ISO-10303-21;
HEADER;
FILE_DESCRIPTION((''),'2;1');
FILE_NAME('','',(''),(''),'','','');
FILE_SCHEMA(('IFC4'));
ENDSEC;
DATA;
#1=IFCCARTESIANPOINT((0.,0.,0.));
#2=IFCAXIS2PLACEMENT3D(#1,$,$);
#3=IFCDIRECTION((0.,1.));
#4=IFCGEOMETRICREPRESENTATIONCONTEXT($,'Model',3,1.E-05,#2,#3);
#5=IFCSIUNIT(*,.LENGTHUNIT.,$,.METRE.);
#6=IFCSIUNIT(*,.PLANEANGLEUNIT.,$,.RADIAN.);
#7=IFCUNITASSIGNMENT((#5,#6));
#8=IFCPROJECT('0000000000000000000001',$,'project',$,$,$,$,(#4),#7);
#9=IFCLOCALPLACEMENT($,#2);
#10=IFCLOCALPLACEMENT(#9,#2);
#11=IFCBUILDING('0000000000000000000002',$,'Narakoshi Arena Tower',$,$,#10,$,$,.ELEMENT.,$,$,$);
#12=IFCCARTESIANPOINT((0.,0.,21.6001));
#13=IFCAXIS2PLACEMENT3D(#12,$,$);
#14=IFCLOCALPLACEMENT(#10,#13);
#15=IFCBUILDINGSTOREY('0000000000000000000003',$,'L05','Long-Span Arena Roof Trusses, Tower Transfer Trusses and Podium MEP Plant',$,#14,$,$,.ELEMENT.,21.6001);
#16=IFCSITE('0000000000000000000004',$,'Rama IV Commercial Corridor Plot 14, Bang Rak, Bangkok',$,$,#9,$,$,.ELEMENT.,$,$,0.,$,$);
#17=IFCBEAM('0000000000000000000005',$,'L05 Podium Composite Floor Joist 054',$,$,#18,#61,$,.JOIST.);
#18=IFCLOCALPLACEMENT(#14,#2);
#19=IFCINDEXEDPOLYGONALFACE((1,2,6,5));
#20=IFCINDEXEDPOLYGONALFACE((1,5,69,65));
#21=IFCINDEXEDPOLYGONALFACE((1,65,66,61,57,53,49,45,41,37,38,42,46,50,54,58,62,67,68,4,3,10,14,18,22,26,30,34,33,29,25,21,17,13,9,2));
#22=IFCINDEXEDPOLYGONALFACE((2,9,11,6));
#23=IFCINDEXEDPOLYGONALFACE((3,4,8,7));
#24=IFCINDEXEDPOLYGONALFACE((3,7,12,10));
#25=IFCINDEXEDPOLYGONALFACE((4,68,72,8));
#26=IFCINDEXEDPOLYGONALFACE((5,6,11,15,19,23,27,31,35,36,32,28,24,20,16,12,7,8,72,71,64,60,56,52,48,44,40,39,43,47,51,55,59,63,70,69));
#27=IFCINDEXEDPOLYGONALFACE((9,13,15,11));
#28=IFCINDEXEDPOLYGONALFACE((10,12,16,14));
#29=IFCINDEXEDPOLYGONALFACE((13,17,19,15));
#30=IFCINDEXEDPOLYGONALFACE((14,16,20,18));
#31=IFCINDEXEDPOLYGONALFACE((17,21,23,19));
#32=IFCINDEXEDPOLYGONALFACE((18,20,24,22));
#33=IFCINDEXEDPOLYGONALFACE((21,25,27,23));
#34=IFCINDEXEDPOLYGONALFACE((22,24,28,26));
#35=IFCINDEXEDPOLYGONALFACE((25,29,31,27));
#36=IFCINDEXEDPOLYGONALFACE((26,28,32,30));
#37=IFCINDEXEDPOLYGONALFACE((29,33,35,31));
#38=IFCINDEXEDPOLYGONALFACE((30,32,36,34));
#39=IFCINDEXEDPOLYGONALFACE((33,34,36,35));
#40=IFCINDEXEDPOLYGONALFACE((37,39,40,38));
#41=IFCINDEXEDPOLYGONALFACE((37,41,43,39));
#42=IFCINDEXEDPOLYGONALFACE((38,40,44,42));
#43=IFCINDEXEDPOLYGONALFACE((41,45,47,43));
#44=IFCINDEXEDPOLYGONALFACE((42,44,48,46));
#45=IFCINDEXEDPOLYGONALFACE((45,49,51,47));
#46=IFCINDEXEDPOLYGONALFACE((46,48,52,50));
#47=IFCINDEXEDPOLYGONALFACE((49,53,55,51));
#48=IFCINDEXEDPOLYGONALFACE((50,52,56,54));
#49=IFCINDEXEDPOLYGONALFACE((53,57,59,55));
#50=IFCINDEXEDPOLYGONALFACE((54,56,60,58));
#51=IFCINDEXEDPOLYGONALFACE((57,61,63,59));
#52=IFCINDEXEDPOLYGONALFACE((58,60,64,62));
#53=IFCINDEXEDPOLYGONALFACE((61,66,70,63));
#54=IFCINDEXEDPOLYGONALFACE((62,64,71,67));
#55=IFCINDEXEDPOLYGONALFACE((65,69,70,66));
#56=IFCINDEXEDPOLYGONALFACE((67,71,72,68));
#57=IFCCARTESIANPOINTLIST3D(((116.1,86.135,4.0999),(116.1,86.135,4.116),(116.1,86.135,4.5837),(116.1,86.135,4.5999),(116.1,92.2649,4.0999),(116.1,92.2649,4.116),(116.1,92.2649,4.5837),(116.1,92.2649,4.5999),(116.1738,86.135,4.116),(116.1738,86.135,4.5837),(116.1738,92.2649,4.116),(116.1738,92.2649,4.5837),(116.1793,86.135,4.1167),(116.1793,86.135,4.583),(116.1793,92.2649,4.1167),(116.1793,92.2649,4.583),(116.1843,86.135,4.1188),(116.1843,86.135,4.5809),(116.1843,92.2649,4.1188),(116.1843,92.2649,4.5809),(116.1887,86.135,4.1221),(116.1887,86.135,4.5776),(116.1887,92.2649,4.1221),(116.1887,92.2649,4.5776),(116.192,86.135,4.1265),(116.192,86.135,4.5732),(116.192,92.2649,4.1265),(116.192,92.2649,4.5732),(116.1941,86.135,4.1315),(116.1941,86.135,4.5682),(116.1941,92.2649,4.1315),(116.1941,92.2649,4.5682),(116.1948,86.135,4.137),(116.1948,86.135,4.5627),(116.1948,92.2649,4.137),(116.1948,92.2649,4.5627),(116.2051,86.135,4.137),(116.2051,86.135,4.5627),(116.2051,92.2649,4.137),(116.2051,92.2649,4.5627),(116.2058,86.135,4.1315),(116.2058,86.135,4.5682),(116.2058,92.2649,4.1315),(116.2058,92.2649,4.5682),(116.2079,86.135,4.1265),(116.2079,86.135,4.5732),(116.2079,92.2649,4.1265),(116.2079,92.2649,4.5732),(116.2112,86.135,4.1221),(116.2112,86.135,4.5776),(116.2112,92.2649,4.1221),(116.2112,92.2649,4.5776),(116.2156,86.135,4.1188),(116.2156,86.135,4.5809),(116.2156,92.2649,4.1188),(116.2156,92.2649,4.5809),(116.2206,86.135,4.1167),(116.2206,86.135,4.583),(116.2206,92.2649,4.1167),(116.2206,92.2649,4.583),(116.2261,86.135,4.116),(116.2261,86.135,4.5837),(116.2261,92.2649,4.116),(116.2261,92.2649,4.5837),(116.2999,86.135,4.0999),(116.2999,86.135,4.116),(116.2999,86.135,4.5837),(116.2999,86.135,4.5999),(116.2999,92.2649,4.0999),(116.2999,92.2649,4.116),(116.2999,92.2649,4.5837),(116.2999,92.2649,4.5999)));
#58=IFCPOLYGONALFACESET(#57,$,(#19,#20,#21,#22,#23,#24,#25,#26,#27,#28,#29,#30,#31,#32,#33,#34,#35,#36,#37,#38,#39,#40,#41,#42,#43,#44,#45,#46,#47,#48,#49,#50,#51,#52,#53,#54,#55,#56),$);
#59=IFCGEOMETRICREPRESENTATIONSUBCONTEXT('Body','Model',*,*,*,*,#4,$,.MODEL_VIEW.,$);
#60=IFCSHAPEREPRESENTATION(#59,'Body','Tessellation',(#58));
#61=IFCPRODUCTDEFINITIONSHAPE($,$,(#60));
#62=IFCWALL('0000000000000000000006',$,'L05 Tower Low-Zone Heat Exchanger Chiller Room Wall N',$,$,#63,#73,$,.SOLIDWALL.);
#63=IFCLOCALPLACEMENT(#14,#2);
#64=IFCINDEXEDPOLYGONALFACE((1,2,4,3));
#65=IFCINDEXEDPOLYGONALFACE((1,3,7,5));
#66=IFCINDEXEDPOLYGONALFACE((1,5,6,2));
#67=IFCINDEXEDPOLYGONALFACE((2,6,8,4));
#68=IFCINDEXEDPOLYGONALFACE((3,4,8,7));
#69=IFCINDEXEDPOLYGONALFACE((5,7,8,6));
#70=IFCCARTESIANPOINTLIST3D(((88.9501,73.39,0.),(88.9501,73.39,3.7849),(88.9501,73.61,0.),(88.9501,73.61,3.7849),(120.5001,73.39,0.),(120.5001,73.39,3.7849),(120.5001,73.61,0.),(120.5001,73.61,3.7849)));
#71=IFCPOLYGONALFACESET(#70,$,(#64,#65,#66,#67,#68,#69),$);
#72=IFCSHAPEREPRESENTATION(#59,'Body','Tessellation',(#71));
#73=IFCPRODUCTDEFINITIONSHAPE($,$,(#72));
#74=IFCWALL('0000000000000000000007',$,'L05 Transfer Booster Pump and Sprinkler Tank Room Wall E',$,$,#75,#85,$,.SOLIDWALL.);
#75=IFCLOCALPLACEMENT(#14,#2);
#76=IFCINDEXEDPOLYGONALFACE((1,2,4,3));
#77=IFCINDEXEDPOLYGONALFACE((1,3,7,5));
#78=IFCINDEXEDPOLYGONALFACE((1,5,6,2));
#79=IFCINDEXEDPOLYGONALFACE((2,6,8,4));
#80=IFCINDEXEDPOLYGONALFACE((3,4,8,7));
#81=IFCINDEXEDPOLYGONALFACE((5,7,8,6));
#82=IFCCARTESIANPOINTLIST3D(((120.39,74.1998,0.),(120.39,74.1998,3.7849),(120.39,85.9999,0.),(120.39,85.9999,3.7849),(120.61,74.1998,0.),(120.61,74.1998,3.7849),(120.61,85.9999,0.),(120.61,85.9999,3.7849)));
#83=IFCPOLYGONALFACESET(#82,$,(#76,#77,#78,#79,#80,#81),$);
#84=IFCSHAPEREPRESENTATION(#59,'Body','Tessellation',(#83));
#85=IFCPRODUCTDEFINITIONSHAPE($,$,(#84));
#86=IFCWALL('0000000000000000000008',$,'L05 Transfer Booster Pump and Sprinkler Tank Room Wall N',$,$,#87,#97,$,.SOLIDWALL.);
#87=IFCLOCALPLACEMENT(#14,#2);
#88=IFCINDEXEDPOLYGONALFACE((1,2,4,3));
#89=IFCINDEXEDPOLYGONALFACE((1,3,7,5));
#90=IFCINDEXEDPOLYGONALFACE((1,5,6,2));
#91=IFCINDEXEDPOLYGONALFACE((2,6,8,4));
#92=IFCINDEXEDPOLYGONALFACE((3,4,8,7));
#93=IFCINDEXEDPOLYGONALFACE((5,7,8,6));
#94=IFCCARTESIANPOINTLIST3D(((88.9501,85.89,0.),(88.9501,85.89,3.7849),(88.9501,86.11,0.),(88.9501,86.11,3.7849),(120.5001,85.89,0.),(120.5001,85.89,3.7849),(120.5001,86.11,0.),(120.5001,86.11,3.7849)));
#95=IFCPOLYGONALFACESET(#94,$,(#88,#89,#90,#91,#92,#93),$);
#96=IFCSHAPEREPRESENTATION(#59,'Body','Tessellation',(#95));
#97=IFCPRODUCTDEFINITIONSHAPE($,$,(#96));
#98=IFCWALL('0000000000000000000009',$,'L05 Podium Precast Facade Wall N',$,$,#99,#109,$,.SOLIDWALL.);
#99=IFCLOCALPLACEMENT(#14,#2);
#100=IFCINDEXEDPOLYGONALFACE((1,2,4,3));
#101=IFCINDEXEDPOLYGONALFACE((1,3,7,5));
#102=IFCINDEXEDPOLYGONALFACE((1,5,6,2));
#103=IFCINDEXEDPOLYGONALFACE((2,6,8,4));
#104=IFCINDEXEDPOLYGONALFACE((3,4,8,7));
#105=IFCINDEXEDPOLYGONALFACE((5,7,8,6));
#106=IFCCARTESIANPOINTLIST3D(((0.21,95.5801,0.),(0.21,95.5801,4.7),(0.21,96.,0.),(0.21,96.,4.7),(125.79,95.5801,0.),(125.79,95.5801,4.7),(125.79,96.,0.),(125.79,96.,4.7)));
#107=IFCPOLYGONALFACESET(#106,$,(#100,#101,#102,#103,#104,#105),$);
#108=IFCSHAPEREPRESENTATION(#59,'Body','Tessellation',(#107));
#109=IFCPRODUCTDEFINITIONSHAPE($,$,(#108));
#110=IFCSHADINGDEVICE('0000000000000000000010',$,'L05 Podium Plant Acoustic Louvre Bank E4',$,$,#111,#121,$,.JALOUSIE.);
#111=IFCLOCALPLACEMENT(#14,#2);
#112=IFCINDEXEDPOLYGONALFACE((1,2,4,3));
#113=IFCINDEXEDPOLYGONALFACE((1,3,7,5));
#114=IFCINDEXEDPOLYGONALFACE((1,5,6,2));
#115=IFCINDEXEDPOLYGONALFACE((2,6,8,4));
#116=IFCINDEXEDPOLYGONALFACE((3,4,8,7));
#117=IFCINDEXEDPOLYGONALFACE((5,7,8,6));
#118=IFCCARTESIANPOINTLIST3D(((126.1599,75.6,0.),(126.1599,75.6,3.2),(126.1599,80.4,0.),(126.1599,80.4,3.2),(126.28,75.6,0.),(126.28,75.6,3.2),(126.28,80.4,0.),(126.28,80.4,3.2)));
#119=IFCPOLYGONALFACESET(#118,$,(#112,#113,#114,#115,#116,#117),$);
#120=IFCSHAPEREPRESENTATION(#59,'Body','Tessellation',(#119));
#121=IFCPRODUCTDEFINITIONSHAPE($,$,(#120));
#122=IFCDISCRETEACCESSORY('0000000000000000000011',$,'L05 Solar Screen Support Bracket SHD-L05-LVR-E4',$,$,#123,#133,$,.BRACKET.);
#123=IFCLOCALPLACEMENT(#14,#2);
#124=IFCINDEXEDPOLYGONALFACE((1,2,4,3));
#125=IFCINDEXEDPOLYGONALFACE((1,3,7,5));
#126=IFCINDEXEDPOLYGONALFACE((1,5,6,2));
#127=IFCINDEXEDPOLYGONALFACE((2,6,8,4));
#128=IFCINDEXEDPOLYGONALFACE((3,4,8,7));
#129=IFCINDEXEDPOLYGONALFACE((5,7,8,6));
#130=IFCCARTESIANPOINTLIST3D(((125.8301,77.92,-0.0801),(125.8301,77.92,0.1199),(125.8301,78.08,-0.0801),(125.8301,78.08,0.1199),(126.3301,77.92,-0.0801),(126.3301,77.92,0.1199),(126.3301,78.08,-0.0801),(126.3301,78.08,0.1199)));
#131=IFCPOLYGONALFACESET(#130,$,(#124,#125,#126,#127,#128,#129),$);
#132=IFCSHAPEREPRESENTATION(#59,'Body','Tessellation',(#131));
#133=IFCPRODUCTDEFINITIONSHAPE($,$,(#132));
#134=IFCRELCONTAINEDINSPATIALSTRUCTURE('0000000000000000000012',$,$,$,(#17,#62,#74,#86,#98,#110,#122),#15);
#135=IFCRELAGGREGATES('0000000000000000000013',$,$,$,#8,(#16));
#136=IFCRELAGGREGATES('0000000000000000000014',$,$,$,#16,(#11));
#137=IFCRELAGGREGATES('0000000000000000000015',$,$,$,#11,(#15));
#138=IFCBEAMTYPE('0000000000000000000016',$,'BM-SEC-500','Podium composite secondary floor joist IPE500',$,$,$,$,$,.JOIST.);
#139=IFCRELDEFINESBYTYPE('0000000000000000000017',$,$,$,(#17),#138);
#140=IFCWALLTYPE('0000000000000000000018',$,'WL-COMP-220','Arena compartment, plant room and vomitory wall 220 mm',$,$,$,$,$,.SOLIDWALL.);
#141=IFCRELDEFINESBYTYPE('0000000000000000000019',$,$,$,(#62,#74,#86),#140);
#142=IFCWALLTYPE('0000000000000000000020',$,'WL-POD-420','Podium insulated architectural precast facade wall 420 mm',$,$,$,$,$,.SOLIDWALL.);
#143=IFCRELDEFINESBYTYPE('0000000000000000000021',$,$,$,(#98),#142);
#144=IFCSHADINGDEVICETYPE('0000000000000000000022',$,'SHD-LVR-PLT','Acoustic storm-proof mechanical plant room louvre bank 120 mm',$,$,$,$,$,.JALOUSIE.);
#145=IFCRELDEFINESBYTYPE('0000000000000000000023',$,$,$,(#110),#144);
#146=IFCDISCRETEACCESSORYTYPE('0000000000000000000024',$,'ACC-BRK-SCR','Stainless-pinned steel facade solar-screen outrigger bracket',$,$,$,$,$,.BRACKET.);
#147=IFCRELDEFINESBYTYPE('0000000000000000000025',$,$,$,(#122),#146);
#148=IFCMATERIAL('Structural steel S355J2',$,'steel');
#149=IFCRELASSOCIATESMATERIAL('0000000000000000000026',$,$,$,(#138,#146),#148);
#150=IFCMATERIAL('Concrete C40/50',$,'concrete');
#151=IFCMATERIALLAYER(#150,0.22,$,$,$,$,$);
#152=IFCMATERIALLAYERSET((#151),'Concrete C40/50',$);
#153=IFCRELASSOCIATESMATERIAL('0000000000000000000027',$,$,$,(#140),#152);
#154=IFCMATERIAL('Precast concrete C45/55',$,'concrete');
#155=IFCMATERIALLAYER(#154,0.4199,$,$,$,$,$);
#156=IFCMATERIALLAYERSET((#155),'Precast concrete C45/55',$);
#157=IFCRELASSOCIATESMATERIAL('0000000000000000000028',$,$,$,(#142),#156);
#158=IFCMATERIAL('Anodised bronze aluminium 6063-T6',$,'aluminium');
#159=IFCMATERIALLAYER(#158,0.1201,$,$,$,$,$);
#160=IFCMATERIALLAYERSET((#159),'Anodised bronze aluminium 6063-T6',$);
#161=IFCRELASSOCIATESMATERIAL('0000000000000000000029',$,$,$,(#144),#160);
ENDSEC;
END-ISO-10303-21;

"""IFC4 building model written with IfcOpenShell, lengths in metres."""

from ifc_helpers import new_model, si_unit, direction, frame, frame_2d, origin, origin_2d, place, context, subcontext, project, spatial, rectangle, i_section, extrude, material, layer, layer_set, material_profile, profile_set, type_object, element, save


model = new_model("IFC4")

# Units and contexts
model_context = context("Model", 3, precision=1e-05, world=origin(), true_north=direction((0.0, 1.0)))
body_context = subcontext(model_context, "Body", "Model", "MODEL_VIEW")
ifc_project = project(units=[si_unit("LENGTHUNIT", "METRE"), si_unit("PLANEANGLEUNIT", "RADIAN")], contexts=[model_context])

# Site, building, storey
site_placement = place(None, origin())
site = spatial("IfcSite", under=ifc_project, at=site_placement, Name="Rama IV Commercial Corridor Plot 14, Bang Rak, Bangkok", CompositionType="ELEMENT", RefElevation=0.0)
building_placement = place(site_placement, origin())
building = spatial("IfcBuilding", under=site, at=building_placement, Name="Narakoshi Arena Tower", CompositionType="ELEMENT")
storey_placement = place(building_placement, frame((0.0, 0.0, 21.6001)))
storey = spatial("IfcBuildingStorey", under=building, at=storey_placement, Name="L05", Description="Long-Span Arena Roof Trusses, Tower Transfer Trusses and Podium MEP Plant", CompositionType="ELEMENT", Elevation=21.6001)

# Shared definitions
ifc_material_1 = material(Name="Structural steel S355J2", Category="steel")

# Beam
ifc_material_profile_1 = material_profile(ifc_material_1, i_section(OverallWidth=0.2, OverallDepth=0.5, WebThickness=0.0103, FlangeThickness=0.0161, FilletRadius=0.021, at=origin_2d()), Name="IPE500")
ifc_profile_set_1 = profile_set([ifc_material_profile_1], Name="Structural steel S355J2")
beam_type_1 = type_object("IfcBeamType", Name="BM-SEC-500", Description="Podium composite secondary floor joist IPE500", PredefinedType="JOIST", material=ifc_profile_set_1)
beam_1_placement = place(storey_placement, frame((116.2, 86.135, 4.3499), z_axis=(0.0, 1.0, 0.0), x_axis=(-1.0, 0.0, 0.0)))
element("IfcBeam", 1, at=beam_1_placement, inside=storey, type_object=beam_type_1, Name="L05 Podium Composite Floor Joist 054", PredefinedType="JOIST", context=body_context, shape_type="SweptSolid", body=[
    extrude(i_section(OverallWidth=0.2, OverallDepth=0.5, WebThickness=0.0103, FlangeThickness=0.0161, FilletRadius=0.021, at=origin_2d()), origin(), (0.0, 0.0, 1.0), 6.1299),
])

# Walls
ifc_material_2 = material(Name="Concrete C40/50", Category="concrete")
ifc_layer_1 = layer(ifc_material_2, 0.22)
ifc_layer_set_1 = layer_set([ifc_layer_1], Name="Concrete C40/50")
wall_type_1 = type_object("IfcWallType", Name="WL-COMP-220", Description="Arena compartment, plant room and vomitory wall 220 mm", PredefinedType="SOLIDWALL", material=ifc_layer_set_1)
wall_1_placement = place(storey_placement, frame((120.5, 73.5, 0.0), z_axis=(0.0, 0.0, 1.0), x_axis=(-1.0, 0.0, 0.0)))
element("IfcWall", 2, at=wall_1_placement, inside=storey, type_object=wall_type_1, Name="L05 Tower Low-Zone Heat Exchanger Chiller Room Wall N", PredefinedType="SOLIDWALL", context=body_context, shape_type="SweptSolid", body=[
    extrude(rectangle(XDim=31.55, YDim=0.22, at=frame_2d((15.7749, 0.0))), origin(), (0.0, 0.0, 1.0), 3.7849),
])
wall_2_placement = place(storey_placement, frame((120.5, 74.2, 0.0), z_axis=(0.0, 0.0, 1.0), x_axis=(0.0, 1.0, 0.0)))
element("IfcWall", 3, at=wall_2_placement, inside=storey, type_object=wall_type_1, Name="L05 Transfer Booster Pump and Sprinkler Tank Room Wall E", PredefinedType="SOLIDWALL", context=body_context, shape_type="SweptSolid", body=[
    extrude(rectangle(XDim=11.8, YDim=0.22, at=frame_2d((5.8999, 0.0))), origin(), (0.0, 0.0, 1.0), 3.7849),
])
wall_3_placement = place(storey_placement, frame((120.5, 86.0, 0.0), z_axis=(0.0, 0.0, 1.0), x_axis=(-1.0, 0.0, 0.0)))
element("IfcWall", 4, at=wall_3_placement, inside=storey, type_object=wall_type_1, Name="L05 Transfer Booster Pump and Sprinkler Tank Room Wall N", PredefinedType="SOLIDWALL", context=body_context, shape_type="SweptSolid", body=[
    extrude(rectangle(XDim=31.55, YDim=0.22, at=frame_2d((15.7749, 0.0))), origin(), (0.0, 0.0, 1.0), 3.7849),
])
ifc_material_3 = material(Name="Precast concrete C45/55", Category="concrete")
ifc_layer_2 = layer(ifc_material_3, 0.4199)
ifc_layer_set_2 = layer_set([ifc_layer_2], Name="Precast concrete C45/55")
wall_type_2 = type_object("IfcWallType", Name="WL-POD-420", Description="Podium insulated architectural precast facade wall 420 mm", PredefinedType="SOLIDWALL", material=ifc_layer_set_2)
wall_4_placement = place(storey_placement, frame((125.79, 95.79, 0.0), z_axis=(0.0, 0.0, 1.0), x_axis=(-1.0, 0.0, 0.0)))
element("IfcWall", 5, at=wall_4_placement, inside=storey, type_object=wall_type_2, Name="L05 Podium Precast Facade Wall N", PredefinedType="SOLIDWALL", context=body_context, shape_type="SweptSolid", body=[
    extrude(rectangle(XDim=125.5801, YDim=0.4199, at=frame_2d((62.79, 0.0))), origin(), (0.0, 0.0, 1.0), 4.7),
])

# Shading device
ifc_material_4 = material(Name="Anodised bronze aluminium 6063-T6", Category="aluminium")
ifc_layer_3 = layer(ifc_material_4, 0.1201)
ifc_layer_set_3 = layer_set([ifc_layer_3], Name="Anodised bronze aluminium 6063-T6")
shading_device_type = type_object("IfcShadingDeviceType", Name="SHD-LVR-PLT", Description="Acoustic storm-proof mechanical plant room louvre bank 120 mm", PredefinedType="JALOUSIE", material=ifc_layer_set_3)
shading_device_placement = place(storey_placement, frame((126.22, 78.0, 0.0), z_axis=(0.0, 0.0, 1.0), x_axis=(0.0, 1.0, 0.0)))
element("IfcShadingDevice", 6, at=shading_device_placement, inside=storey, type_object=shading_device_type, Name="L05 Podium Plant Acoustic Louvre Bank E4", PredefinedType="JALOUSIE", context=body_context, shape_type="SweptSolid", body=[
    extrude(rectangle(XDim=4.8, YDim=0.1201, at=origin_2d()), origin(), (0.0, 0.0, 1.0), 3.2),
])

# Discrete accessory
discrete_accessory_type = type_object("IfcDiscreteAccessoryType", Name="ACC-BRK-SCR", Description="Stainless-pinned steel facade solar-screen outrigger bracket", PredefinedType="BRACKET", material=ifc_material_1)
discrete_accessory_placement = place(storey_placement, frame((126.0801, 78.0, -0.0801), z_axis=(0.0, 0.0, 1.0), x_axis=(0.0, 1.0, 0.0)))
element("IfcDiscreteAccessory", 7, at=discrete_accessory_placement, inside=storey, type_object=discrete_accessory_type, Name="L05 Solar Screen Support Bracket SHD-L05-LVR-E4", PredefinedType="BRACKET", context=body_context, shape_type="SweptSolid", body=[
    extrude(rectangle(XDim=0.1599, YDim=0.5, at=origin_2d()), origin(), (0.0, 0.0, 1.0), 0.2),
])

save(model, "model.ifc")
